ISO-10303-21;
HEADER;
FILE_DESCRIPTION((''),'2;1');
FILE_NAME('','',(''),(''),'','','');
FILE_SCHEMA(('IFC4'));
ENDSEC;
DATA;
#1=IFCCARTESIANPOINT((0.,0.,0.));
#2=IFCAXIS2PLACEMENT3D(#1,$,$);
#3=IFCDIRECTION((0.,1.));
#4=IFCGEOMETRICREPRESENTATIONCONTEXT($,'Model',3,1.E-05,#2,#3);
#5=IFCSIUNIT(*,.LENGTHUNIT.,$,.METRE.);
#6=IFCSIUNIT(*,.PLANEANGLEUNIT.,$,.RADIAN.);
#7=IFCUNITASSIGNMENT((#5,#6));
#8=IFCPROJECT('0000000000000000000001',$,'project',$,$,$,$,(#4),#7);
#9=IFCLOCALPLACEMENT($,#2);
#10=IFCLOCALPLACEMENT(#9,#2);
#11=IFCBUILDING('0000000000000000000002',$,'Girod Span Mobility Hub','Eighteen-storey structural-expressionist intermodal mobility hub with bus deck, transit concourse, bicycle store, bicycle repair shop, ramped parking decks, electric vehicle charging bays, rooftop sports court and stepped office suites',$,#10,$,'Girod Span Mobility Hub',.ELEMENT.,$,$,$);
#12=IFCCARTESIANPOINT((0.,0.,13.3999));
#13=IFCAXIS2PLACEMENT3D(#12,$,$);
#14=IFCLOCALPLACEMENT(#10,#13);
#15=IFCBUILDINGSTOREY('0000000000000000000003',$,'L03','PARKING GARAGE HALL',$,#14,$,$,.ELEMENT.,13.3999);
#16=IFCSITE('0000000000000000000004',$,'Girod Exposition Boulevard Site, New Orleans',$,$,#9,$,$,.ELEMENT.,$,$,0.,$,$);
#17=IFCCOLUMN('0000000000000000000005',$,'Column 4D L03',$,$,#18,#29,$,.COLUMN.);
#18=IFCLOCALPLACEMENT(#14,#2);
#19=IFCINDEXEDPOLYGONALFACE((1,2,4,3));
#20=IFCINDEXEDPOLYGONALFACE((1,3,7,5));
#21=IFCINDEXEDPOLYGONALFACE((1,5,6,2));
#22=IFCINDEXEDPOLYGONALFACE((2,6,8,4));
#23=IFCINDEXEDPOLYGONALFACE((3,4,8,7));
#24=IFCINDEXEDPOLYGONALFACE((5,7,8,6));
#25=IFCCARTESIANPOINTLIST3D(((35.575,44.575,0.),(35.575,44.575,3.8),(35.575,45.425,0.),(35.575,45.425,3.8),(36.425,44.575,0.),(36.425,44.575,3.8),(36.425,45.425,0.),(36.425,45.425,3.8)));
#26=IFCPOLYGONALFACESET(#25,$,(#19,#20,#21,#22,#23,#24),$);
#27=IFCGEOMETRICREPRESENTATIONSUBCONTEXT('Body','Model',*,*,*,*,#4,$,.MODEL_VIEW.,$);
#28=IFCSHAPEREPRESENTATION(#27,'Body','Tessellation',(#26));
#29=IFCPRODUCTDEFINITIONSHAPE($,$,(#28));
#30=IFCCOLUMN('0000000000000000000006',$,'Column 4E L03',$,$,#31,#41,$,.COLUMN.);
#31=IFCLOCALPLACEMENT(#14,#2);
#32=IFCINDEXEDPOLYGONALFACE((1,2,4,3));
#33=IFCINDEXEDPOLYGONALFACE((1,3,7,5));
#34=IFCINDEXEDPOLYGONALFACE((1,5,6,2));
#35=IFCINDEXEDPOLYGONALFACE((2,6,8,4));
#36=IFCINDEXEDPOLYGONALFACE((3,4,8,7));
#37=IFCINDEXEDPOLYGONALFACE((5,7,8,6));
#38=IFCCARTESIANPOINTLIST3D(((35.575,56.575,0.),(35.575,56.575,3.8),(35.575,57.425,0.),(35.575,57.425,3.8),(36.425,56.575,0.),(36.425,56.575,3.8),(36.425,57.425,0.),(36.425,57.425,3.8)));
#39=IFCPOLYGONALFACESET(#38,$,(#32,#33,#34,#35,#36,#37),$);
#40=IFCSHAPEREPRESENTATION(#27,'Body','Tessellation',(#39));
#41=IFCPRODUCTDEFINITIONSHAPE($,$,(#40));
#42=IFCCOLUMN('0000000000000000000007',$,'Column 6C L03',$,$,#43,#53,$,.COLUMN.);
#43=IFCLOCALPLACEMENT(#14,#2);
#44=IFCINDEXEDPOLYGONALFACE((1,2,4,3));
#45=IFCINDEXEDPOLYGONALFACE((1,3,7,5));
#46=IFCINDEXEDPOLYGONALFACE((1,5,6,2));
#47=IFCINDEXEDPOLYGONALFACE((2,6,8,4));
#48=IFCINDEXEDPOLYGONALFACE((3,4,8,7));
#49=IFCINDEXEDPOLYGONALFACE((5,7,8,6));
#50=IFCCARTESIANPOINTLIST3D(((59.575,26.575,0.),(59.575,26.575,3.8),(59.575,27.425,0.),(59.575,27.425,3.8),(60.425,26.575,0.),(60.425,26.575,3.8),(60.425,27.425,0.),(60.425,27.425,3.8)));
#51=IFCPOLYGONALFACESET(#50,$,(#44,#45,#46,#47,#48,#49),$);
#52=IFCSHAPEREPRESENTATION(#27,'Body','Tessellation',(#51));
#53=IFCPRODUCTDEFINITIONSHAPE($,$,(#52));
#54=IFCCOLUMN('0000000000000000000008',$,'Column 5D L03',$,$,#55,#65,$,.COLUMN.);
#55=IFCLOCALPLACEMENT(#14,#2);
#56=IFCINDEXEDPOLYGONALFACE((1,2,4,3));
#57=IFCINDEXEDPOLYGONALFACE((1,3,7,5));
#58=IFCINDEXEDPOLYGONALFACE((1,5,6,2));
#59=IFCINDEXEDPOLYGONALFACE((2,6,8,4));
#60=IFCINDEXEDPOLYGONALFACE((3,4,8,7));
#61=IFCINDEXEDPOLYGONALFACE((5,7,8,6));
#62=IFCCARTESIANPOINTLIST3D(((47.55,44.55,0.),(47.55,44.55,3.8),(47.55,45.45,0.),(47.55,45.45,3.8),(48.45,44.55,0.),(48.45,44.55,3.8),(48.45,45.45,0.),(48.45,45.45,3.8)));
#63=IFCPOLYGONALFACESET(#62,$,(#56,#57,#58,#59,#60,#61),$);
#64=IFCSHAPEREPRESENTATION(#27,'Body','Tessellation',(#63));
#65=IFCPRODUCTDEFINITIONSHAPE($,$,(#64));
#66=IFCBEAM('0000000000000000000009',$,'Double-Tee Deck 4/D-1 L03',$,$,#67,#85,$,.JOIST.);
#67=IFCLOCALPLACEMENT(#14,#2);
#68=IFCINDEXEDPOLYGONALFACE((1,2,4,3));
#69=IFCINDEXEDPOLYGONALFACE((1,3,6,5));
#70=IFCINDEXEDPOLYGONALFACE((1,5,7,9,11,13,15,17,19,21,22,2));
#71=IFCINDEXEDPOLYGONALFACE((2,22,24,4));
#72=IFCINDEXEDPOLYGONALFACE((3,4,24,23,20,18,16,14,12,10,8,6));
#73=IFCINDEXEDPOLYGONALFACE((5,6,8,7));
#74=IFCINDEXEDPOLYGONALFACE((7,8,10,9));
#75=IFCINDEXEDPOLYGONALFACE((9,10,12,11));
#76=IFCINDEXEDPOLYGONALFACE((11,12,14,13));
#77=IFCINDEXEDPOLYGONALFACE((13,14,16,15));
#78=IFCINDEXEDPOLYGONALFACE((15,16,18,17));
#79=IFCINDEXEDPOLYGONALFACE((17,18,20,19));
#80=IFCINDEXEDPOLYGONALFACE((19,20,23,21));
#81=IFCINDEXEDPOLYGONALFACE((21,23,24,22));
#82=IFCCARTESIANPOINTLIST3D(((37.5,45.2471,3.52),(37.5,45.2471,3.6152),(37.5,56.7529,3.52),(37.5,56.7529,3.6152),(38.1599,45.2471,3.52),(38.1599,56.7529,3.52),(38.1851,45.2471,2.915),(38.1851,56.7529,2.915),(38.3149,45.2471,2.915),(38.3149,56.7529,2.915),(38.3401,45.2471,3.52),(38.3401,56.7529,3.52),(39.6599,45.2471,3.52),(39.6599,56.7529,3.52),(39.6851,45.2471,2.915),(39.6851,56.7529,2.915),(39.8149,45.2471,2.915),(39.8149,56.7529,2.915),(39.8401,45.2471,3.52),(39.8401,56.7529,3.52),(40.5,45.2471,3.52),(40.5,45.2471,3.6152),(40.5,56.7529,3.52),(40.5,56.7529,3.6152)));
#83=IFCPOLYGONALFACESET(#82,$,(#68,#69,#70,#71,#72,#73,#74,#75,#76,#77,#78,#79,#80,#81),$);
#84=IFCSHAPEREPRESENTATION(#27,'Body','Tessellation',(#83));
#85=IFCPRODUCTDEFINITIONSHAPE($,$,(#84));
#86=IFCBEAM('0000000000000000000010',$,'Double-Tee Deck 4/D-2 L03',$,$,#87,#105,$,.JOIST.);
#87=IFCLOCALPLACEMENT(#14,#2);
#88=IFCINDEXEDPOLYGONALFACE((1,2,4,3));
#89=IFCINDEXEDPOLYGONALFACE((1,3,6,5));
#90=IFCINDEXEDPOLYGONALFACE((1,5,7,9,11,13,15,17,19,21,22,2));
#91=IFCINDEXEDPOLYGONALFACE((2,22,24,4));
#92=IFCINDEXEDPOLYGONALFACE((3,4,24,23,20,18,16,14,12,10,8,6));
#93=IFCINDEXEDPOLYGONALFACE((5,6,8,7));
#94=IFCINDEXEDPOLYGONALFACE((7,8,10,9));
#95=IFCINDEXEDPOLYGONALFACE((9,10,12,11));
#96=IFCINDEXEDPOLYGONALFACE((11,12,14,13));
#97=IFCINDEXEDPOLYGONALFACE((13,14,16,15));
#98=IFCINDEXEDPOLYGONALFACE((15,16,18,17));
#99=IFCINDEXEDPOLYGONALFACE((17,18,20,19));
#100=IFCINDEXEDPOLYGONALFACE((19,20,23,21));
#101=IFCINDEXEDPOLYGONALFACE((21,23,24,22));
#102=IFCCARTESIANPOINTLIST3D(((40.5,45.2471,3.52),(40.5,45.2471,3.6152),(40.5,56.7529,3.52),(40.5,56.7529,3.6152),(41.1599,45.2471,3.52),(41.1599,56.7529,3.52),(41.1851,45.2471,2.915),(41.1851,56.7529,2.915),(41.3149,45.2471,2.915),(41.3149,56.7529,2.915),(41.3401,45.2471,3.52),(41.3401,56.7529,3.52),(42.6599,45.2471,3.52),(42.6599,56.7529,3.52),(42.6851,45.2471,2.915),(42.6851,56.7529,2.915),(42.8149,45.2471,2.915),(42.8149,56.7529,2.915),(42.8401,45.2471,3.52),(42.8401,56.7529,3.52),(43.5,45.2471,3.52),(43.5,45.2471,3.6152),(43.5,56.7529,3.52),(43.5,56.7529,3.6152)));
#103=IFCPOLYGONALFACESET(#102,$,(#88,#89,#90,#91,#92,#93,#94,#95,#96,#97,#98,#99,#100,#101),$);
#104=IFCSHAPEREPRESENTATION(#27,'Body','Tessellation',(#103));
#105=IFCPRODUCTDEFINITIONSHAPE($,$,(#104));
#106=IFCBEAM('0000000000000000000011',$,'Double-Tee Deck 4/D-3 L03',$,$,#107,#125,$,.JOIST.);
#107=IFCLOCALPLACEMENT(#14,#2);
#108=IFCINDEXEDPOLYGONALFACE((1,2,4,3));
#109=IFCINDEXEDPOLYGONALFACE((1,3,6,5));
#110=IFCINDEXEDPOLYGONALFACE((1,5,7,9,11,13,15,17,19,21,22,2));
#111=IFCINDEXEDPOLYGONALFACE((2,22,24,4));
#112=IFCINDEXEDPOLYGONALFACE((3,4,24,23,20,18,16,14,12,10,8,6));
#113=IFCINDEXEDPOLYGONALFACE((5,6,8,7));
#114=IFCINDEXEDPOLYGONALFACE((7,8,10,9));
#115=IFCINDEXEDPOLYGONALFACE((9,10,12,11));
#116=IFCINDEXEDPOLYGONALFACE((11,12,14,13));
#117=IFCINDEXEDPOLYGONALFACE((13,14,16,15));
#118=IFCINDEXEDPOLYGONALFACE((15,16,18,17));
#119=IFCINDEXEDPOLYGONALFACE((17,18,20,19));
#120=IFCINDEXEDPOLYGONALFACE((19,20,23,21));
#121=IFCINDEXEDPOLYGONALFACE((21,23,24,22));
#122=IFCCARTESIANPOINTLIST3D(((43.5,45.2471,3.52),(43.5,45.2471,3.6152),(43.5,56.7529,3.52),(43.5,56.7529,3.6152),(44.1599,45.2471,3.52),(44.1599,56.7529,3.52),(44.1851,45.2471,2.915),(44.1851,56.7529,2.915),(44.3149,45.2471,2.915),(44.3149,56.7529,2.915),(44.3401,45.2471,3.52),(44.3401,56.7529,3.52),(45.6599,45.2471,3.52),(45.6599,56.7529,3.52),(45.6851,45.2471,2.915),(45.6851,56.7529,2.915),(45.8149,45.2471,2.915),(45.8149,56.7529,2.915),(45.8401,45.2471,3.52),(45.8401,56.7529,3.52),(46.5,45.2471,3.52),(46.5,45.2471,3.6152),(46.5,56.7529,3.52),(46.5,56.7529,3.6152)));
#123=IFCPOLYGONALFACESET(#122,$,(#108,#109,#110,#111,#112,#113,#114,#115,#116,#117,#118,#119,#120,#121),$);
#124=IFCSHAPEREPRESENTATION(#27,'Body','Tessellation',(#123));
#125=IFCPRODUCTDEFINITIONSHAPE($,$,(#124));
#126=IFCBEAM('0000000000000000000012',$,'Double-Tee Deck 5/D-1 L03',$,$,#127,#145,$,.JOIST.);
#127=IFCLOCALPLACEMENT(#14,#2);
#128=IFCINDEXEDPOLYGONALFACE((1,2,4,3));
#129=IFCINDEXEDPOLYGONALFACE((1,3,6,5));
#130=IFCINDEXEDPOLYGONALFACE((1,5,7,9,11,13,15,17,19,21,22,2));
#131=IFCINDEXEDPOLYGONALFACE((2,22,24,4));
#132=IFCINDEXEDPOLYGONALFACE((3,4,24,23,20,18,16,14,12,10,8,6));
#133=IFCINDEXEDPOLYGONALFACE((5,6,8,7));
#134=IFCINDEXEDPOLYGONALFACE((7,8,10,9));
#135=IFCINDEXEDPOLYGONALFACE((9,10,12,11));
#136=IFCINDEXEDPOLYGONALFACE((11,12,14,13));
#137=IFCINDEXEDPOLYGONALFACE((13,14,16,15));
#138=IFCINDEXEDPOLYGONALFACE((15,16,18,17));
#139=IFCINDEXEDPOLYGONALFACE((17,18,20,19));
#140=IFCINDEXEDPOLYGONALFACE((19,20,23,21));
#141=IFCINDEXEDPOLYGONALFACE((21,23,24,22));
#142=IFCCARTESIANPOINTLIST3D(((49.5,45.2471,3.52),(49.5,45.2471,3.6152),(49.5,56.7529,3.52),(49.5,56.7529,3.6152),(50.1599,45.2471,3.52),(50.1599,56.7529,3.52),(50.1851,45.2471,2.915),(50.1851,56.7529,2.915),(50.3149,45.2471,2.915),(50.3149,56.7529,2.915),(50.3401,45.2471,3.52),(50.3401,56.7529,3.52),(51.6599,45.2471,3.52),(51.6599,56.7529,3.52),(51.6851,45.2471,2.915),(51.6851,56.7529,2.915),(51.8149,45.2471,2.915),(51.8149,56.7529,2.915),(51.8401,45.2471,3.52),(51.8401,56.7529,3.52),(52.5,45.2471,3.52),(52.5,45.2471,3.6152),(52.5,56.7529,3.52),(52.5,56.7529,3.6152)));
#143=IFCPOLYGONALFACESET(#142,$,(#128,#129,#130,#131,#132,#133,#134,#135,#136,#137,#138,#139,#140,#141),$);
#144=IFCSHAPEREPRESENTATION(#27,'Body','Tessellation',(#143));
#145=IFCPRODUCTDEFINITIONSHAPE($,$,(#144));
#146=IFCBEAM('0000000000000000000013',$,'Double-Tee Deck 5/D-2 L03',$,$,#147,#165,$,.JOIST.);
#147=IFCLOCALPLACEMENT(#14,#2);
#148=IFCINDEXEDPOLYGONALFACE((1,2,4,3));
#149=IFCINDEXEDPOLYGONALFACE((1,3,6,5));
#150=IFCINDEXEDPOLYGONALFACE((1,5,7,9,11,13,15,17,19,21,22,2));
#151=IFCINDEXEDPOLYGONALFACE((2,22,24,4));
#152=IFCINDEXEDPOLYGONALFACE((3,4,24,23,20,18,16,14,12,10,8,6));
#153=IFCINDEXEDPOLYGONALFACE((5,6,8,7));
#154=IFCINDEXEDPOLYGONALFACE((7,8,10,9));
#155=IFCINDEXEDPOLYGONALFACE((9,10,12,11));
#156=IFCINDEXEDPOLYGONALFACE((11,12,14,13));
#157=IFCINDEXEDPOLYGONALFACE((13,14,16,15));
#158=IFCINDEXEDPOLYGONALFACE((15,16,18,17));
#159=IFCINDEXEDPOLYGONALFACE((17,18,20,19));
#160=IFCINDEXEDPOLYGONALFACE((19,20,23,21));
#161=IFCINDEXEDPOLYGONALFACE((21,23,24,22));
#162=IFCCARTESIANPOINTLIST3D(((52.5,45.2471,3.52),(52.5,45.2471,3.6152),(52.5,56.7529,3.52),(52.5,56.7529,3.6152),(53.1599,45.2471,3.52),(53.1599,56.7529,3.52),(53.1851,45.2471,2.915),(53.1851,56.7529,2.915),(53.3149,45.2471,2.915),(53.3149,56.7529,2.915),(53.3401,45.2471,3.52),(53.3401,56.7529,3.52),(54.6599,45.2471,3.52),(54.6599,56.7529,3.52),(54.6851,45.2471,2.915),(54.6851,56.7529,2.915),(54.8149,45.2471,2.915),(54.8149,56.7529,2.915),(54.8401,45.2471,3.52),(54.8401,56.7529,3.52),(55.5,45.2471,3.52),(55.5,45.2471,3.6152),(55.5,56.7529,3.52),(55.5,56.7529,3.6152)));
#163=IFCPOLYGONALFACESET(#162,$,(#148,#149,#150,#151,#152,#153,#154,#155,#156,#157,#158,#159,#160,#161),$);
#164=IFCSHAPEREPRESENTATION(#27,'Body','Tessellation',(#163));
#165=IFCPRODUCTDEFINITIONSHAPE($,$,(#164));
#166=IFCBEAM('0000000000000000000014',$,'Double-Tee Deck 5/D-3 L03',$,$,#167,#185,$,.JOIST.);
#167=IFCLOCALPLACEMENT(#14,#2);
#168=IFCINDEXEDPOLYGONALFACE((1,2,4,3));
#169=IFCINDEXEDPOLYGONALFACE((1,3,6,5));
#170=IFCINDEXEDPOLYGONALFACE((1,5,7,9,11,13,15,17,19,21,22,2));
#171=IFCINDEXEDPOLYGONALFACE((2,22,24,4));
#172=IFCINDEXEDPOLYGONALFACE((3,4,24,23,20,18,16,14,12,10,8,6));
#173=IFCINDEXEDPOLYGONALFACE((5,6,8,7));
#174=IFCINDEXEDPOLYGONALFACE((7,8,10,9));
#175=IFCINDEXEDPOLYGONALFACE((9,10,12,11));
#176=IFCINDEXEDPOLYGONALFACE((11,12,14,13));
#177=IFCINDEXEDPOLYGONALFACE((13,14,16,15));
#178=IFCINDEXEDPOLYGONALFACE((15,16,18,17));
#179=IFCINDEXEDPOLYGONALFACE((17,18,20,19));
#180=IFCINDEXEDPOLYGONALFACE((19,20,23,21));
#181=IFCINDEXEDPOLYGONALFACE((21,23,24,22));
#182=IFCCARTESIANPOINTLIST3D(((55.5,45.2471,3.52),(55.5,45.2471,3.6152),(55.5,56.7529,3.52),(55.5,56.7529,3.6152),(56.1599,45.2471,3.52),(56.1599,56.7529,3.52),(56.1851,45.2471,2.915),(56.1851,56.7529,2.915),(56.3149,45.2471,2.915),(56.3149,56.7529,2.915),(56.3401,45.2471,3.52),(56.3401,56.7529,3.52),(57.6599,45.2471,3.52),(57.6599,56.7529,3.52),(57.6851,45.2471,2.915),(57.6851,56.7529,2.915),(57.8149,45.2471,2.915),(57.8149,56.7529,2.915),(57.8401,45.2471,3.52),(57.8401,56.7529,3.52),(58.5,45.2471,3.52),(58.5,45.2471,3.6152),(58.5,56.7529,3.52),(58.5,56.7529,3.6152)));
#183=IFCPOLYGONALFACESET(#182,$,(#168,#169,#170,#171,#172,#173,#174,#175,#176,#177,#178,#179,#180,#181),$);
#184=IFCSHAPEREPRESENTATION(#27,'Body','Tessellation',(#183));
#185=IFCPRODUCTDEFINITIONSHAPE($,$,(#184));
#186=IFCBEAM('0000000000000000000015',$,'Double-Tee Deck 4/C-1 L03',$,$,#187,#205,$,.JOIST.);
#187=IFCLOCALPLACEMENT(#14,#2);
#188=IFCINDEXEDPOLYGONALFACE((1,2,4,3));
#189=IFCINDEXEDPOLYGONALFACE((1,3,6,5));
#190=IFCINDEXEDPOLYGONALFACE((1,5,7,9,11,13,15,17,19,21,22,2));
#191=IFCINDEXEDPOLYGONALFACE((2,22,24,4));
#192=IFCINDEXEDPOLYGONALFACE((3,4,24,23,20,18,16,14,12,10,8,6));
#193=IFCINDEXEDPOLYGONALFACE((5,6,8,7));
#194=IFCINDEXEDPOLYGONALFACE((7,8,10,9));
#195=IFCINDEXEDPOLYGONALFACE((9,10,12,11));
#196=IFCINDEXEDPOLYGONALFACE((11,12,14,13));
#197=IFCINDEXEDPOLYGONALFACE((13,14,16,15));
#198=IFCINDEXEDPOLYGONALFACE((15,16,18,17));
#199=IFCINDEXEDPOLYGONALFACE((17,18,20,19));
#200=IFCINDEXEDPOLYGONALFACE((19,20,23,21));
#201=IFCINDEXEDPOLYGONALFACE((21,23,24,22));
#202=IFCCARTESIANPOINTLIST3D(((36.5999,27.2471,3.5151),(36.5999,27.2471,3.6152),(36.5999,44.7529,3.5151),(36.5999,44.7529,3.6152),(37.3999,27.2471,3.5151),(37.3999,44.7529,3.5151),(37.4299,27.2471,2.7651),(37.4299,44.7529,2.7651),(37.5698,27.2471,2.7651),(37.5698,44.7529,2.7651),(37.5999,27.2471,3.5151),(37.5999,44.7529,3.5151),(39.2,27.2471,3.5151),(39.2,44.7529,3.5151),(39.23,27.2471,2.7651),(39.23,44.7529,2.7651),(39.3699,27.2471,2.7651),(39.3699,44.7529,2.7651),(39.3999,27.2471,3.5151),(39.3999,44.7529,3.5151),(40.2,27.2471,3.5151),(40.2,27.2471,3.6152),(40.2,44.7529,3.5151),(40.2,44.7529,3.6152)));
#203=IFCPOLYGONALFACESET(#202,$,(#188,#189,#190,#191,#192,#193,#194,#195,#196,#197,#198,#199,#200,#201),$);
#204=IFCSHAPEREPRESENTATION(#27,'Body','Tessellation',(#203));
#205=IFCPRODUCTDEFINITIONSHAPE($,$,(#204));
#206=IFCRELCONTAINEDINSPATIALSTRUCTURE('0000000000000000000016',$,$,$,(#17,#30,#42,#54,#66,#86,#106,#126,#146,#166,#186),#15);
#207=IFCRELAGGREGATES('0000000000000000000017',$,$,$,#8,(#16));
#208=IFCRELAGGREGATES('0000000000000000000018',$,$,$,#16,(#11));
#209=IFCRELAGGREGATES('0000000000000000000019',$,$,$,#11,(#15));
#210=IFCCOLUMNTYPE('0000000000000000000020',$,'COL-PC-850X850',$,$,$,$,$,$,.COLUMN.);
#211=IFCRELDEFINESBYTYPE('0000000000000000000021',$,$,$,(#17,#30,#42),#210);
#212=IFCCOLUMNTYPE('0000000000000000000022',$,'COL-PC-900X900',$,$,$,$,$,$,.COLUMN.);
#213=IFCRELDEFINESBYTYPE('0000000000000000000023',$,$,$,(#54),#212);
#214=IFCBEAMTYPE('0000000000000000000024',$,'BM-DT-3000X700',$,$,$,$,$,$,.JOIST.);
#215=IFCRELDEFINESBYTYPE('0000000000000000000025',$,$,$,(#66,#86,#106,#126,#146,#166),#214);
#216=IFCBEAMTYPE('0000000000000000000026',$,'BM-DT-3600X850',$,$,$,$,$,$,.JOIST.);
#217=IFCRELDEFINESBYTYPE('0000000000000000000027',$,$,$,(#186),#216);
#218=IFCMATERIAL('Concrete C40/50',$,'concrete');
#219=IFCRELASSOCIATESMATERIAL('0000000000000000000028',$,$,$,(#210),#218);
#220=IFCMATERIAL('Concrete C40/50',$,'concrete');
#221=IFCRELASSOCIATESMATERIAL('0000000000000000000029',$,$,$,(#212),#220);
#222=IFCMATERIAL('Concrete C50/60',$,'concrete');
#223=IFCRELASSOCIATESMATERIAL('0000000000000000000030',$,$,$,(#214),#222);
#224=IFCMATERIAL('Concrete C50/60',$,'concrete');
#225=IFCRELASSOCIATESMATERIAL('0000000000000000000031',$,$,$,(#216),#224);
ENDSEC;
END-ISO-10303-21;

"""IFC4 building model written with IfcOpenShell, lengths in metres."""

from ifc_helpers import new_model, si_unit, direction, frame, origin, origin_2d, place, context, subcontext, project, spatial, polyline, rectangle, outline, extrude, material, material_profile, profile_set, type_object, element, save


model = new_model("IFC4")

# Units and contexts
model_context = context("Model", 3, precision=1e-05, world=origin(), true_north=direction((0.0, 1.0)))
body_context = subcontext(model_context, "Body", "Model", "MODEL_VIEW")
ifc_project = project(units=[si_unit("LENGTHUNIT", "METRE"), si_unit("PLANEANGLEUNIT", "RADIAN")], contexts=[model_context])

# Site, building, storey
site_placement = place(None, origin())
site = spatial("IfcSite", under=ifc_project, at=site_placement, Name="Girod Exposition Boulevard Site, New Orleans", CompositionType="ELEMENT", RefElevation=0.0)
building_placement = place(site_placement, origin())
building = spatial("IfcBuilding", under=site, at=building_placement, Name="Girod Span Mobility Hub", Description="Eighteen-storey structural-expressionist intermodal mobility hub with bus deck, transit concourse, bicycle store, bicycle repair shop, ramped parking decks, electric vehicle charging bays, rooftop sports court and stepped office suites", LongName="Girod Span Mobility Hub", CompositionType="ELEMENT")
storey_placement = place(building_placement, frame((0.0, 0.0, 13.3999)))
storey = spatial("IfcBuildingStorey", under=building, at=storey_placement, Name="L03", Description="PARKING GARAGE HALL", CompositionType="ELEMENT", Elevation=13.3999)

# Columns
ifc_material_1 = material(Name="Concrete C40/50", Category="concrete")
ifc_material_profile_1 = material_profile(ifc_material_1, rectangle(XDim=0.8501, YDim=0.8501, at=origin_2d()), Name="PC-COL-850X850")
ifc_profile_set_1 = profile_set([ifc_material_profile_1], Name="Concrete C40/50")
column_type_1 = type_object("IfcColumnType", Name="COL-PC-850X850", PredefinedType="COLUMN", material=ifc_profile_set_1)
for number, where, z_axis, x_axis, name in (
    (1, (36.0, 45.0, 0.0), (0.0, 0.0, 1.0), (1.0, 0.0, 0.0), "Column 4D L03"),
    (2, (36.0, 57.0, 0.0), (0.0, 0.0, 1.0), (1.0, 0.0, 0.0), "Column 4E L03"),
    (3, (60.0, 27.0, 0.0), (0.0, 0.0, 1.0), (1.0, 0.0, 0.0), "Column 6C L03"),
):
    element("IfcColumn", number, at=place(storey_placement, frame(where, z_axis=z_axis, x_axis=x_axis)), inside=storey, type_object=column_type_1, Name=name, PredefinedType="COLUMN", context=body_context, shape_type="SweptSolid", body=[
        extrude(rectangle(XDim=0.8501, YDim=0.8501, at=origin_2d()), origin(), (0.0, 0.0, 1.0), 3.8),
    ])
ifc_material_2 = material(Name="Concrete C40/50", Category="concrete")
ifc_material_profile_2 = material_profile(ifc_material_2, rectangle(XDim=0.8999, YDim=0.8999, at=origin_2d()), Name="PC-COL-900X900")
ifc_profile_set_2 = profile_set([ifc_material_profile_2], Name="Concrete C40/50")
column_type_2 = type_object("IfcColumnType", Name="COL-PC-900X900", PredefinedType="COLUMN", material=ifc_profile_set_2)
column_placement = place(storey_placement, frame((48.0, 45.0, 0.0), z_axis=(0.0, 0.0, 1.0), x_axis=(1.0, 0.0, 0.0)))
element("IfcColumn", 4, at=column_placement, inside=storey, type_object=column_type_2, Name="Column 5D L03", PredefinedType="COLUMN", context=body_context, shape_type="SweptSolid", body=[
    extrude(rectangle(XDim=0.8999, YDim=0.8999, at=origin_2d()), origin(), (0.0, 0.0, 1.0), 3.8),
])

# Beams
ifc_material_3 = material(Name="Concrete C50/60", Category="concrete")
ifc_material_profile_3 = material_profile(ifc_material_3, outline(polyline([(-1.5, 0.3501), (-1.5, 0.2549), (-0.8401, 0.2549), (-0.8149, -0.3501), (-0.6851, -0.3501), (-0.6599, 0.2549), (0.6599, 0.2549), (0.6851, -0.3501), (0.8149, -0.3501), (0.8401, 0.2549), (1.5, 0.2549), (1.5, 0.3501), (-1.5, 0.3501)])), Name="DT-3000X700")
ifc_profile_set_3 = profile_set([ifc_material_profile_3], Name="Concrete C50/60")
beam_type_1 = type_object("IfcBeamType", Name="BM-DT-3000X700", PredefinedType="JOIST", material=ifc_profile_set_3)
for number, where, z_axis, x_axis, name in (
    (5, (39.0, 45.2471, 3.2651), (0.0, 1.0, 0.0), (-1.0, 0.0, 0.0), "Double-Tee Deck 4/D-1 L03"),
    (6, (42.0, 45.2471, 3.2651), (0.0, 1.0, 0.0), (-1.0, 0.0, 0.0), "Double-Tee Deck 4/D-2 L03"),
    (7, (45.0, 45.2471, 3.2651), (0.0, 1.0, 0.0), (-1.0, 0.0, 0.0), "Double-Tee Deck 4/D-3 L03"),
    (8, (51.0, 45.2471, 3.2651), (0.0, 1.0, 0.0), (-1.0, 0.0, 0.0), "Double-Tee Deck 5/D-1 L03"),
    (9, (54.0, 45.2471, 3.2651), (0.0, 1.0, 0.0), (-1.0, 0.0, 0.0), "Double-Tee Deck 5/D-2 L03"),
    (10, (57.0, 45.2471, 3.2651), (0.0, 1.0, 0.0), (-1.0, 0.0, 0.0), "Double-Tee Deck 5/D-3 L03"),
):
    element("IfcBeam", number, at=place(storey_placement, frame(where, z_axis=z_axis, x_axis=x_axis)), inside=storey, type_object=beam_type_1, Name=name, PredefinedType="JOIST", context=body_context, shape_type="SweptSolid", body=[
        extrude(outline(polyline([(-1.5, 0.3501), (-1.5, 0.2549), (-0.8401, 0.2549), (-0.8149, -0.3501), (-0.6851, -0.3501), (-0.6599, 0.2549), (0.6599, 0.2549), (0.6851, -0.3501), (0.8149, -0.3501), (0.8401, 0.2549), (1.5, 0.2549), (1.5, 0.3501), (-1.5, 0.3501)])), origin(), (0.0, 0.0, 1.0), 11.5059),
    ])
ifc_material_4 = material(Name="Concrete C50/60", Category="concrete")
ifc_material_profile_4 = material_profile(ifc_material_4, outline(polyline([(-1.8, 0.425), (-1.8, 0.325), (-1.0, 0.325), (-0.97, -0.425), (-0.8301, -0.425), (-0.8, 0.325), (0.8, 0.325), (0.8301, -0.425), (0.97, -0.425), (1.0, 0.325), (1.8, 0.325), (1.8, 0.425), (-1.8, 0.425)])), Name="DT-3600X850")
ifc_profile_set_4 = profile_set([ifc_material_profile_4], Name="Concrete C50/60")
beam_type_2 = type_object("IfcBeamType", Name="BM-DT-3600X850", PredefinedType="JOIST", material=ifc_profile_set_4)
for number, where, z_axis, x_axis, name in (
    (11, (38.3999, 27.2471, 3.1902), (0.0, 1.0, 0.0), (-1.0, 0.0, 0.0), "Double-Tee Deck 4/C-1 L03"),
):
    element("IfcBeam", number, at=place(storey_placement, frame(where, z_axis=z_axis, x_axis=x_axis)), inside=storey, type_object=beam_type_2, Name=name, PredefinedType="JOIST", context=body_context, shape_type="SweptSolid", body=[
        extrude(outline(polyline([(-1.8, 0.425), (-1.8, 0.325), (-1.0, 0.325), (-0.97, -0.425), (-0.8301, -0.425), (-0.8, 0.325), (0.8, 0.325), (0.8301, -0.425), (0.97, -0.425), (1.0, 0.325), (1.8, 0.325), (1.8, 0.425), (-1.8, 0.425)])), origin(), (0.0, 0.0, 1.0), 17.5059),
    ])

save(model, "model.ifc")
